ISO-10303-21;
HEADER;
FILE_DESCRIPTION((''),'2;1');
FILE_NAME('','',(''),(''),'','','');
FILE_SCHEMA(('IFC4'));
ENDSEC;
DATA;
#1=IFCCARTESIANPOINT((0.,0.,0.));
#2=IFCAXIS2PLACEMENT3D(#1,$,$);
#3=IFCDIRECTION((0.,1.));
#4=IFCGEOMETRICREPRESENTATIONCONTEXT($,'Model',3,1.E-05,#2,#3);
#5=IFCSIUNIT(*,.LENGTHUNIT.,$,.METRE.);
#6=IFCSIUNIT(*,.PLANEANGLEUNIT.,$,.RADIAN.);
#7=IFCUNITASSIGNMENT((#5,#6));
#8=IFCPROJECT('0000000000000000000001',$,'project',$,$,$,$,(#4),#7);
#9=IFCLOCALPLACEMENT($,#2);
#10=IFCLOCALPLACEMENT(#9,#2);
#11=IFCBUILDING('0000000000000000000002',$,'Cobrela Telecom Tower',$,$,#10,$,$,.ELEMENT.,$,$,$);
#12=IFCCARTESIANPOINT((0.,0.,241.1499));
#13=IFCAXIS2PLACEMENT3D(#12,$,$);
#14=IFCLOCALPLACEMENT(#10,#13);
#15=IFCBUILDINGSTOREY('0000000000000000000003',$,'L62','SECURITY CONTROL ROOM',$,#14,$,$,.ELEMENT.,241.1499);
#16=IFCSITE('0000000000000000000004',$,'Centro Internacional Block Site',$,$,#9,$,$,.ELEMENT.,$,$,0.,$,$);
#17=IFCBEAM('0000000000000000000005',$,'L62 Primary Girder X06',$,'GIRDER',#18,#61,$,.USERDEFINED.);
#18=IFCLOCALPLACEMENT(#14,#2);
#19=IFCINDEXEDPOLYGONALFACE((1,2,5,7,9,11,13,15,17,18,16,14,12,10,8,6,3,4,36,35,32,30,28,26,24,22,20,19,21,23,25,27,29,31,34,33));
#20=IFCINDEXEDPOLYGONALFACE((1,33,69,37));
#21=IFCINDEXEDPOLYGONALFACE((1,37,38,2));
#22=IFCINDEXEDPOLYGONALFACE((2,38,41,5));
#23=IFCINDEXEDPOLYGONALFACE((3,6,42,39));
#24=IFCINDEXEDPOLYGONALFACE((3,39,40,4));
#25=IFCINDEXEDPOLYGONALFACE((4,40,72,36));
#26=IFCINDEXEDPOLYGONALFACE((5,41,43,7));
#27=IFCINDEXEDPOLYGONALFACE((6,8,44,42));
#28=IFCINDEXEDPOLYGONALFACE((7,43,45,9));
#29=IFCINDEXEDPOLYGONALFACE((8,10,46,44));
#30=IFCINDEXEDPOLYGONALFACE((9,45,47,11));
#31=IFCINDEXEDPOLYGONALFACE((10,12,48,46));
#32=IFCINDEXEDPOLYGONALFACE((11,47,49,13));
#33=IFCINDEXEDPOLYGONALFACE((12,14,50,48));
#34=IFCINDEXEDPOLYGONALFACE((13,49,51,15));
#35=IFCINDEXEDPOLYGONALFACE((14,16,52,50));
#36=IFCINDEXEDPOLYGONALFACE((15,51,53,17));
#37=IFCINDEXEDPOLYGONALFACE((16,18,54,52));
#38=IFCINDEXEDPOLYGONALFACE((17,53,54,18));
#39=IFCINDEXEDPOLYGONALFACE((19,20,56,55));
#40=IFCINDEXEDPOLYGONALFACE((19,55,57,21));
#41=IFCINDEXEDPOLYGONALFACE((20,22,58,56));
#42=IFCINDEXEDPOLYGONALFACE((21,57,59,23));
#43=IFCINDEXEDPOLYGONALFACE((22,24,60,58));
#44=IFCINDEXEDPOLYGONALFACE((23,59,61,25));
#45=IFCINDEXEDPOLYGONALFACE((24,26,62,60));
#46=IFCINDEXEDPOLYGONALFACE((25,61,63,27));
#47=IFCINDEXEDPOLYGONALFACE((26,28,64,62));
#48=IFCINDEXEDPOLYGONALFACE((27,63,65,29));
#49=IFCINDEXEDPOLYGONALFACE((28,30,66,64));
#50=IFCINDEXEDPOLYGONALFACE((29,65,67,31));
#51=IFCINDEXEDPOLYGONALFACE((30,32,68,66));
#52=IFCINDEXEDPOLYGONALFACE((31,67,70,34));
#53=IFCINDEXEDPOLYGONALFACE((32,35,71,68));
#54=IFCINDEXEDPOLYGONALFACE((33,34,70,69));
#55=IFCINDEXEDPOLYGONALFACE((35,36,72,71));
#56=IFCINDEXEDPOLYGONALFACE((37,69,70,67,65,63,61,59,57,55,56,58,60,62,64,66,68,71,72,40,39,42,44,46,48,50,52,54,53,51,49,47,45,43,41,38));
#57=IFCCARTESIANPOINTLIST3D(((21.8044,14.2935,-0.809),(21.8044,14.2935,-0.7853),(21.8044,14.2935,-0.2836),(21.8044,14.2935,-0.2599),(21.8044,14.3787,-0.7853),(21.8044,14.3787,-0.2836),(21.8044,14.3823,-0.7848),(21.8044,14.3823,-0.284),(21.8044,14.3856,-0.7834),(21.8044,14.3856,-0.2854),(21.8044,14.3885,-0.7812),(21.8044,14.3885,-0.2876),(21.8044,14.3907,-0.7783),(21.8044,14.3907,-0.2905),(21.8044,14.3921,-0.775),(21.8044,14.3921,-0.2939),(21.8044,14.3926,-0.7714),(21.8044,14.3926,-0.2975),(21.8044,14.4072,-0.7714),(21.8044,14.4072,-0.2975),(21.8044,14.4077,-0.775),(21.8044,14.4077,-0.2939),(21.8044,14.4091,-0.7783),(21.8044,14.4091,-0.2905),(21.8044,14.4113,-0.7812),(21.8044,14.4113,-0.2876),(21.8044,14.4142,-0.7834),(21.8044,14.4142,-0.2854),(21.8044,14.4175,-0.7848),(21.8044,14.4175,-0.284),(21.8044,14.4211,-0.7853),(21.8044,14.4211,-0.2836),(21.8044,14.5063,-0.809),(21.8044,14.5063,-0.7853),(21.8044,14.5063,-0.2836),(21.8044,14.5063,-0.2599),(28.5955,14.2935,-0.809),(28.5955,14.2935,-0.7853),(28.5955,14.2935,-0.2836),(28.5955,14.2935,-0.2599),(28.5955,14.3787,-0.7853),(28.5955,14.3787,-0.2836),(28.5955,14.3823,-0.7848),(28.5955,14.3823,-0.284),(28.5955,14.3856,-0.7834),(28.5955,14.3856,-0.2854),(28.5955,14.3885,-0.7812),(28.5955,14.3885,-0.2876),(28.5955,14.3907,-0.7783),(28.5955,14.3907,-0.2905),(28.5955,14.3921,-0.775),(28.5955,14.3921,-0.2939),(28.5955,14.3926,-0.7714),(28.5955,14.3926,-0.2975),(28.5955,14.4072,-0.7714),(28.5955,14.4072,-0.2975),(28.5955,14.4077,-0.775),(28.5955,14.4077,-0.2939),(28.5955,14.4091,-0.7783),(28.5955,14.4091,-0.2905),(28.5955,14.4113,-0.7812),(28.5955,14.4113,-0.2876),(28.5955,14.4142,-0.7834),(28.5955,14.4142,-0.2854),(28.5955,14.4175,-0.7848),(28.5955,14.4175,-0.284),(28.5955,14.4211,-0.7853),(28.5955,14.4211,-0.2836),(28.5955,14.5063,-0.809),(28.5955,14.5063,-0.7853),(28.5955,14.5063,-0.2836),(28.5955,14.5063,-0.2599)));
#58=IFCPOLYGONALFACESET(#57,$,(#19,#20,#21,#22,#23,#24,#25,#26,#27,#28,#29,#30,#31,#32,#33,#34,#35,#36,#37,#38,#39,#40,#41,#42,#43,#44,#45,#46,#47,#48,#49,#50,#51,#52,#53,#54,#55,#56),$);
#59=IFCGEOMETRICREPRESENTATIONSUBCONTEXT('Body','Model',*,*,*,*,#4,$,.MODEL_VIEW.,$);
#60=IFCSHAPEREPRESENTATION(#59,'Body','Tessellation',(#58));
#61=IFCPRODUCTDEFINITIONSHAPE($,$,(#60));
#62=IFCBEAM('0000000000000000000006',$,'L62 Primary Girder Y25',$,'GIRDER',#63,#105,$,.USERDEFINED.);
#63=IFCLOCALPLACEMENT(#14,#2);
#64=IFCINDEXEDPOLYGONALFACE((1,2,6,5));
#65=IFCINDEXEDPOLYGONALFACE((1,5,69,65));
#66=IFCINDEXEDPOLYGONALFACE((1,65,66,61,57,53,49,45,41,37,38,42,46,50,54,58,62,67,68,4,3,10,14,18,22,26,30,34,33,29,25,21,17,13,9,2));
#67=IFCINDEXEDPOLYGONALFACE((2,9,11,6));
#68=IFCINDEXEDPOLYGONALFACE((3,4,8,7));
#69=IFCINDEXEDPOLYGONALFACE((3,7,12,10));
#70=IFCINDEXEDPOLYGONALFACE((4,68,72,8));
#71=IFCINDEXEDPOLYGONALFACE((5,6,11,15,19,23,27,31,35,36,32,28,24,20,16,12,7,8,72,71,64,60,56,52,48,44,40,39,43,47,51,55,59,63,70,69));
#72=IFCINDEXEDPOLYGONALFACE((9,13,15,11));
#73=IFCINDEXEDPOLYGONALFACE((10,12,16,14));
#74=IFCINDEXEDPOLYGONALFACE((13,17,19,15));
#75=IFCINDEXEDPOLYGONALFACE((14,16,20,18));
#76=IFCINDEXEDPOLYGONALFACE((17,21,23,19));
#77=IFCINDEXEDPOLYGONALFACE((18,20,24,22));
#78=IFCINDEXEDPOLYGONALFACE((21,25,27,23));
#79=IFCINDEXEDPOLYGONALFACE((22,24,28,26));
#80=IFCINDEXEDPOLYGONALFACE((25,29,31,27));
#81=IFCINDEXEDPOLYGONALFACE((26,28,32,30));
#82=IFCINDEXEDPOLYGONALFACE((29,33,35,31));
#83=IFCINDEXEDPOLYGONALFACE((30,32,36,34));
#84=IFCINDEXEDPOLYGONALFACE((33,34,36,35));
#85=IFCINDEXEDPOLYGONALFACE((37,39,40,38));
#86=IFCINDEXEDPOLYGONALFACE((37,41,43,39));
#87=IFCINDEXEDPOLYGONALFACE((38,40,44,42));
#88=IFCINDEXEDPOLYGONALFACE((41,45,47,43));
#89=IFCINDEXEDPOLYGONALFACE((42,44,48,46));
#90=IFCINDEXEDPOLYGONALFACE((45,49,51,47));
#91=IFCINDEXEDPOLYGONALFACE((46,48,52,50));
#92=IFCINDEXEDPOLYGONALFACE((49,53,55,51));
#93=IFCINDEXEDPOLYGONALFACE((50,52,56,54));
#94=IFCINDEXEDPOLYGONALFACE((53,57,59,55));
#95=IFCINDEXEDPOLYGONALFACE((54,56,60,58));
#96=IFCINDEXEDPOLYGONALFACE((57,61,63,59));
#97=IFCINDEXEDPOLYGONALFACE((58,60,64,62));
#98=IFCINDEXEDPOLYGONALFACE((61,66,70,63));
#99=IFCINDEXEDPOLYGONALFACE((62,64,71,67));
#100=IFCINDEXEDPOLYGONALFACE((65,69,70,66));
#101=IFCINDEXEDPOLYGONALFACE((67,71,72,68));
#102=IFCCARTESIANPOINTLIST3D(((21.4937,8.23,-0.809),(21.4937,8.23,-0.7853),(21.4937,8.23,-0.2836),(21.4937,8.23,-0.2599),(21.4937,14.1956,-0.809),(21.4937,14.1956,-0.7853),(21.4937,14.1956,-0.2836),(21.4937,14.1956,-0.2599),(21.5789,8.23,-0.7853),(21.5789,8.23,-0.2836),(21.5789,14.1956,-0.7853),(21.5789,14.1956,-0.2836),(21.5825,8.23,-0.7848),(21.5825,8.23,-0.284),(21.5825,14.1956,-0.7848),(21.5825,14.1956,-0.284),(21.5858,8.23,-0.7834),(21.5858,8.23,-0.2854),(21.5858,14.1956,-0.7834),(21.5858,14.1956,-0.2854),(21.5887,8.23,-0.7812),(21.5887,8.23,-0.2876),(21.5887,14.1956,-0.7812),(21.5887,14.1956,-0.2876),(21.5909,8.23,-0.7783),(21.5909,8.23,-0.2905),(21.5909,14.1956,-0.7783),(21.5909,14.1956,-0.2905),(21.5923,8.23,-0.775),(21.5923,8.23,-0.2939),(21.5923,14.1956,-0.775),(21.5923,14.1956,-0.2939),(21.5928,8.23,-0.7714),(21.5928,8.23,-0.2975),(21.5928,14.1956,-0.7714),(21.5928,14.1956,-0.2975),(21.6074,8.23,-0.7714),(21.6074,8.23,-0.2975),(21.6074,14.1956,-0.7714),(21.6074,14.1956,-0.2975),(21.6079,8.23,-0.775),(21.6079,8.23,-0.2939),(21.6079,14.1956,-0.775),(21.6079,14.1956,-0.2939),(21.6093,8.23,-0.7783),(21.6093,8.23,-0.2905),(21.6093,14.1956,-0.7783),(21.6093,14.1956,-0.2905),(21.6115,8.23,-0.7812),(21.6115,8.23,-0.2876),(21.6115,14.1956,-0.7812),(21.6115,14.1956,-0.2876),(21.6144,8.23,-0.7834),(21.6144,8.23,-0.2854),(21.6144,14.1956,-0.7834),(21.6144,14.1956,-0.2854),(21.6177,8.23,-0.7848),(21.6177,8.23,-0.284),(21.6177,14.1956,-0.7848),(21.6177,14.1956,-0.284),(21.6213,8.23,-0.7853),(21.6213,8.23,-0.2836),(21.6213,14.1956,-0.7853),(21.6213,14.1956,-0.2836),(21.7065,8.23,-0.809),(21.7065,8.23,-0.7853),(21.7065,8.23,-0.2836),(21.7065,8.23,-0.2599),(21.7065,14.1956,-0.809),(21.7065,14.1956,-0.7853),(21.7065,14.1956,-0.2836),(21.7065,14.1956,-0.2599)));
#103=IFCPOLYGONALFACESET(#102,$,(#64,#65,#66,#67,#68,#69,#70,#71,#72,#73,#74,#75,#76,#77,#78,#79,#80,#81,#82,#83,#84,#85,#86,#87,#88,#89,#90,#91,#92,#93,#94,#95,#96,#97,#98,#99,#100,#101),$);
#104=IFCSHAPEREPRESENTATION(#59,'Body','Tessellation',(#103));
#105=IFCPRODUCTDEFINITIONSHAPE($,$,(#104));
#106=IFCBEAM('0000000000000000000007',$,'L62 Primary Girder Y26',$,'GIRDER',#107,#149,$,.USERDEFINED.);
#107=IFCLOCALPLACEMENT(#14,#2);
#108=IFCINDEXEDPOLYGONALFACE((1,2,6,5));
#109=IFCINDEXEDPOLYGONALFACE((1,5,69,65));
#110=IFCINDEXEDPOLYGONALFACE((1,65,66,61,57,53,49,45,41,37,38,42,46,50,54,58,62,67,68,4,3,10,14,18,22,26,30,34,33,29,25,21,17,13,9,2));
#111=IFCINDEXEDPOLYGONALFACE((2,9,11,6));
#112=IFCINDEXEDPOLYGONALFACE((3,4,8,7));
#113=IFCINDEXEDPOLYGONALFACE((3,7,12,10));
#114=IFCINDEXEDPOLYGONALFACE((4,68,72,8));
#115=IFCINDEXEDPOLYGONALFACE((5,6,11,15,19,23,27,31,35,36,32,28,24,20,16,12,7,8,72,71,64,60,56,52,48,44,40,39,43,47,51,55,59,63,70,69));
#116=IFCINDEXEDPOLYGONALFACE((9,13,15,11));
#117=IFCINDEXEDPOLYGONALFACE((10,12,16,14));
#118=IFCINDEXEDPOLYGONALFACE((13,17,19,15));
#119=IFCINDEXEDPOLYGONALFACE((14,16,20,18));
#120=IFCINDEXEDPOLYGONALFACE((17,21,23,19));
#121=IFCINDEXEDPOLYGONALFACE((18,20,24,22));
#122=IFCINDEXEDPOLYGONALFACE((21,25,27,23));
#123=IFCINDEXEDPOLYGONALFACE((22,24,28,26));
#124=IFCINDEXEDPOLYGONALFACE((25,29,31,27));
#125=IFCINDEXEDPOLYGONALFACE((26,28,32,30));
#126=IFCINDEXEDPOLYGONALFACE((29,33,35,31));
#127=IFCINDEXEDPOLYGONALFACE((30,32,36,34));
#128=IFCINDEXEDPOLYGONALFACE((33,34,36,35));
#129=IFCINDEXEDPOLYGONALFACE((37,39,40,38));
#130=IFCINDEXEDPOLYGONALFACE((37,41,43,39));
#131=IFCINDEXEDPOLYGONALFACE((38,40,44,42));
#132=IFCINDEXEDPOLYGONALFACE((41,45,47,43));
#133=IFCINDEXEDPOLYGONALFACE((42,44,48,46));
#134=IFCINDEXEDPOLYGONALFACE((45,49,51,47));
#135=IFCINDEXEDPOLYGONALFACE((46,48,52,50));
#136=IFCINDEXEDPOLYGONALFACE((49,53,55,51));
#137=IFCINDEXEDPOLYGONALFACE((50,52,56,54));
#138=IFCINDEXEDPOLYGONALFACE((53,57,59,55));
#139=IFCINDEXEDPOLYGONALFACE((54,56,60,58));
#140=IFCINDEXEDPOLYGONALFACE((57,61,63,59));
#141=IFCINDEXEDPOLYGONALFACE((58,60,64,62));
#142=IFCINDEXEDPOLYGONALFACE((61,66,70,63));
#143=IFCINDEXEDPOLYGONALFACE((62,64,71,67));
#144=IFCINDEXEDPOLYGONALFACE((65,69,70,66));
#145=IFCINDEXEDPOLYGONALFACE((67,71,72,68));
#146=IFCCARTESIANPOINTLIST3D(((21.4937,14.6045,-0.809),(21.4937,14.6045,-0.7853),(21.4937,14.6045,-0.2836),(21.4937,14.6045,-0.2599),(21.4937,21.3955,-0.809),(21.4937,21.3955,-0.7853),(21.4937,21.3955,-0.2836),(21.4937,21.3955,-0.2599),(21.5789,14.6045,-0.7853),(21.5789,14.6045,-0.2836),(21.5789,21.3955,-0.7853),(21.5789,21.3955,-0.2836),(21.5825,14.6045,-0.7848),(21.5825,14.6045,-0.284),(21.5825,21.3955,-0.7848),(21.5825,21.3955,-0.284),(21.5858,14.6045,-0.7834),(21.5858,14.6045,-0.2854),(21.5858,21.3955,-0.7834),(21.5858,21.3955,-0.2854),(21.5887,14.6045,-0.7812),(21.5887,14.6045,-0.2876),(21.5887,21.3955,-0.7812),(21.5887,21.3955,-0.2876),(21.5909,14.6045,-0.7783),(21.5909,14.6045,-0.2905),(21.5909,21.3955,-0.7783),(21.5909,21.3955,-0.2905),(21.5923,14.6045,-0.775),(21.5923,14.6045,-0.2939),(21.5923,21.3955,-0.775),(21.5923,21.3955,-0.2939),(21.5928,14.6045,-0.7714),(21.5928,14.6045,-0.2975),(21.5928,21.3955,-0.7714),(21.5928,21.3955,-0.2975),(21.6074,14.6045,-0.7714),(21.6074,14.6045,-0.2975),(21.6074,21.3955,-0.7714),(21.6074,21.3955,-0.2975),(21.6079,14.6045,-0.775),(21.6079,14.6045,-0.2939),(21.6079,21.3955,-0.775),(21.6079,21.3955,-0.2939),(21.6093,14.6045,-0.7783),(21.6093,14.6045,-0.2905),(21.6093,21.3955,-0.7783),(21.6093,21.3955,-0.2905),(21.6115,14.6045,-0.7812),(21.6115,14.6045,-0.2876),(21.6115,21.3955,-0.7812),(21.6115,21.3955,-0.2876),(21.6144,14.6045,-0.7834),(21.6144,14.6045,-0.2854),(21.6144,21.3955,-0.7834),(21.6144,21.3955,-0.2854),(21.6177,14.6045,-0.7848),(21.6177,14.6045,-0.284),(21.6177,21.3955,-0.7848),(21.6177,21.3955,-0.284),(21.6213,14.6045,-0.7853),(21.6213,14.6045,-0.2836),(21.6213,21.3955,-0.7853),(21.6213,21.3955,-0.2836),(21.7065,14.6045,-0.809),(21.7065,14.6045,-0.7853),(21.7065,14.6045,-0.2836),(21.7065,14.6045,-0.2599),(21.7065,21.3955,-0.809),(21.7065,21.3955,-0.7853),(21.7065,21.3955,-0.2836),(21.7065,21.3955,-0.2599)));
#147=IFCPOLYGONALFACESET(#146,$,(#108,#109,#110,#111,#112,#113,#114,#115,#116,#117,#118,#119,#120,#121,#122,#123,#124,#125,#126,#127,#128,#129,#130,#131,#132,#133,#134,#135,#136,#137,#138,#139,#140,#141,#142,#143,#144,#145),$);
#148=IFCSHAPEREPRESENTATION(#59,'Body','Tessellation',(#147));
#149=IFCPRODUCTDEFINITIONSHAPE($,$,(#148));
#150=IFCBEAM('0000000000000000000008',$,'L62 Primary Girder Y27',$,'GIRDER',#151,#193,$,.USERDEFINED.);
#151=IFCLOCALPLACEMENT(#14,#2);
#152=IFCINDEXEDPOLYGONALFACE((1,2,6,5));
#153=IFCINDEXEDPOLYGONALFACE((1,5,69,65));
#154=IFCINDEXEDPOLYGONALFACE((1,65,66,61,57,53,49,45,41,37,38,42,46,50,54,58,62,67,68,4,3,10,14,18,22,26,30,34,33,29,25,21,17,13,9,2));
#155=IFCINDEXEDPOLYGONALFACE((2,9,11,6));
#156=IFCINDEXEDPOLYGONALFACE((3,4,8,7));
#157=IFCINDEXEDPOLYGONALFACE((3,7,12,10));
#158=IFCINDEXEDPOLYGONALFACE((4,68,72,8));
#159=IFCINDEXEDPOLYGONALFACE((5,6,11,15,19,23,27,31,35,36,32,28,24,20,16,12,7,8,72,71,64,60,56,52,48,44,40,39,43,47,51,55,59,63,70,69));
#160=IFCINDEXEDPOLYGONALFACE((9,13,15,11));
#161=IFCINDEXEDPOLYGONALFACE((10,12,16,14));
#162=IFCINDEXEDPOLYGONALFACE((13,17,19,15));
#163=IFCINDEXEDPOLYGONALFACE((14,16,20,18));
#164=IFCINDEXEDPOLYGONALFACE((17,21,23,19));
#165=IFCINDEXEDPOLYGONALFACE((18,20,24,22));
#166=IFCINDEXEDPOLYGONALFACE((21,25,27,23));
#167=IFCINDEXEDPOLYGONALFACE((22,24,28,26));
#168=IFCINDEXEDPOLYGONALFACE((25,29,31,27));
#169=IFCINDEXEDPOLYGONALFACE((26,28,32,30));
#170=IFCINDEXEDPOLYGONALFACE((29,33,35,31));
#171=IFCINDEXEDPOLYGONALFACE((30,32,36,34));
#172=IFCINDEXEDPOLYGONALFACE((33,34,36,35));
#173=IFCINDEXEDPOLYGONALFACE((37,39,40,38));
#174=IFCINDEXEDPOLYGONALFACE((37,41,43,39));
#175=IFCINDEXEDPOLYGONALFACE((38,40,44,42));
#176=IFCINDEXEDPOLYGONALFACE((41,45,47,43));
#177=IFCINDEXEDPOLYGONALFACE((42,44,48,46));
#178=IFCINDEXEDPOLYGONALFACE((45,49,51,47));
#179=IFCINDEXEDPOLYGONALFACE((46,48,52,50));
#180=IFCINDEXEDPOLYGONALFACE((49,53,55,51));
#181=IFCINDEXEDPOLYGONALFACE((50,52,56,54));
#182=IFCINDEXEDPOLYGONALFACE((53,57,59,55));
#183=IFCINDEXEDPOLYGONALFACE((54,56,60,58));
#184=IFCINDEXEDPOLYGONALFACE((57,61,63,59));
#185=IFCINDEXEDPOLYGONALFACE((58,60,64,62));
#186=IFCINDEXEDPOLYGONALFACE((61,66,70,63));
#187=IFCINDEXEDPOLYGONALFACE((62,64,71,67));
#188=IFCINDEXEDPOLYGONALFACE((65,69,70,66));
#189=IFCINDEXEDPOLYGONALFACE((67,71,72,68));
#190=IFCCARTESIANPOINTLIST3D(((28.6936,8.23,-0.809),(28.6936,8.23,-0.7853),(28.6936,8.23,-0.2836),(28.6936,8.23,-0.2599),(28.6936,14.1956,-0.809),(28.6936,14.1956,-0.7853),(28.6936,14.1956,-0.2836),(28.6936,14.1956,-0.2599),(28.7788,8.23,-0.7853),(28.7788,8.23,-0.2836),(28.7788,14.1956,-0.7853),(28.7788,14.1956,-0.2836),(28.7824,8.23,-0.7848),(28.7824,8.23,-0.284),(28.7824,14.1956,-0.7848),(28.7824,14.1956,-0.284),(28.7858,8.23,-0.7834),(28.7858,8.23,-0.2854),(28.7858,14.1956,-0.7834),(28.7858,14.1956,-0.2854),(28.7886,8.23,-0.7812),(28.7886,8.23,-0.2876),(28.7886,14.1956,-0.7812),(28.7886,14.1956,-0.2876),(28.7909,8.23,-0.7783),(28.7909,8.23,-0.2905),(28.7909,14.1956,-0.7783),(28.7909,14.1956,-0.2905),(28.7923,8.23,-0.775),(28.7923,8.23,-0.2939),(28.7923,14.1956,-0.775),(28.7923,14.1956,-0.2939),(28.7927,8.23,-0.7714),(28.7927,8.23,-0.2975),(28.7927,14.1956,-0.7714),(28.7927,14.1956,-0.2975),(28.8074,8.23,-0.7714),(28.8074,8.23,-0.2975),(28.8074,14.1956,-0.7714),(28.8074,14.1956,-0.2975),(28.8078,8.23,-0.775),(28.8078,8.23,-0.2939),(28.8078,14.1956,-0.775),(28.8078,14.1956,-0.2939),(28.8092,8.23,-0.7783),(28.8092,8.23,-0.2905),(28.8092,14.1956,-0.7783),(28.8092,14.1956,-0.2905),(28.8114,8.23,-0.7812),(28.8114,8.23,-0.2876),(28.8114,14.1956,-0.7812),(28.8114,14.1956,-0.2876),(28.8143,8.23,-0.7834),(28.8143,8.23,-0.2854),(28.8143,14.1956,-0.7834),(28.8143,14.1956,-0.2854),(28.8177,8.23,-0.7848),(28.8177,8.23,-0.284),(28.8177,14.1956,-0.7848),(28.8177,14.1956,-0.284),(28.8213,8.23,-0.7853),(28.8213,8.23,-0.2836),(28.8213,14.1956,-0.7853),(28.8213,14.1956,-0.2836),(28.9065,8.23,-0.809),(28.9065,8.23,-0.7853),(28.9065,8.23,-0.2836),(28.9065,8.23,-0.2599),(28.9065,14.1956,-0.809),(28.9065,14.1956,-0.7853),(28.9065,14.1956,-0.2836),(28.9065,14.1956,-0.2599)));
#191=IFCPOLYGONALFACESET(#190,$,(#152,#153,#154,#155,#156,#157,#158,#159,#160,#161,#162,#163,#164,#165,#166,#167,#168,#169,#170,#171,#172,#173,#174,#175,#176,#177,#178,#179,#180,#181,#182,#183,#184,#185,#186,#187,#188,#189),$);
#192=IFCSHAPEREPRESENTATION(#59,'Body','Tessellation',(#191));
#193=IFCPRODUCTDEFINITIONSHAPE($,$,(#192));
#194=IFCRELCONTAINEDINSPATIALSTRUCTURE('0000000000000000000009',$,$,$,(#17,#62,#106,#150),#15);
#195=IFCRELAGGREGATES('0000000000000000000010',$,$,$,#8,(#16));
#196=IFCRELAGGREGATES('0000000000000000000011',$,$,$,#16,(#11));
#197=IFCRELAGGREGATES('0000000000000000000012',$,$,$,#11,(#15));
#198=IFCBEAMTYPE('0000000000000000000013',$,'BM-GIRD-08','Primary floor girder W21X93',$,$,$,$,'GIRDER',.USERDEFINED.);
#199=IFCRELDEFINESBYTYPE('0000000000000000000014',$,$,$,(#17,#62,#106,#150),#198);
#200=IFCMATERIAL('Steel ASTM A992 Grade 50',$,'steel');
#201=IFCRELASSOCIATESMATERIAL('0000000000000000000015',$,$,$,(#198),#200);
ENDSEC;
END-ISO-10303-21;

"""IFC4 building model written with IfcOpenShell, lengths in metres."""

from ifc_helpers import new_model, si_unit, direction, frame, origin, origin_2d, place, context, subcontext, project, spatial, i_section, extrude, material, material_profile, profile_set, type_object, element, save


model = new_model("IFC4")

# Units and contexts
model_context = context("Model", 3, precision=1e-05, world=origin(), true_north=direction((0.0, 1.0)))
body_context = subcontext(model_context, "Body", "Model", "MODEL_VIEW")
ifc_project = project(units=[si_unit("LENGTHUNIT", "METRE"), si_unit("PLANEANGLEUNIT", "RADIAN")], contexts=[model_context])

# Site, building, storey
site_placement = place(None, origin())
site = spatial("IfcSite", under=ifc_project, at=site_placement, Name="Centro Internacional Block Site", CompositionType="ELEMENT", RefElevation=0.0)
building_placement = place(site_placement, origin())
building = spatial("IfcBuilding", under=site, at=building_placement, Name="Cobrela Telecom Tower", CompositionType="ELEMENT")
storey_placement = place(building_placement, frame((0.0, 0.0, 241.1499)))
storey = spatial("IfcBuildingStorey", under=building, at=storey_placement, Name="L62", Description="SECURITY CONTROL ROOM", CompositionType="ELEMENT", Elevation=241.1499)

# Shared definitions
ifc_material_1 = material(Name="Steel ASTM A992 Grade 50", Category="steel")

# Beams
ifc_material_profile_1 = material_profile(ifc_material_1, i_section(OverallWidth=0.2129, OverallDepth=0.5491, WebThickness=0.0146, FlangeThickness=0.0237, FilletRadius=0.0139, at=origin_2d()), Name="W21X93")
ifc_profile_set_1 = profile_set([ifc_material_profile_1], Name="Steel ASTM A992 Grade 50")
beam_type_1 = type_object("IfcBeamType", Name="BM-GIRD-08", Description="Primary floor girder W21X93", ElementType="GIRDER", PredefinedType="USERDEFINED", material=ifc_profile_set_1)
beam_1_placement = place(storey_placement, frame((21.8044, 14.3999, -0.5344), z_axis=(1.0, 0.0, 0.0), x_axis=(0.0, 1.0, 0.0)))
element("IfcBeam", 1, at=beam_1_placement, inside=storey, type_object=beam_type_1, Name="L62 Primary Girder X06", ObjectType="GIRDER", PredefinedType="USERDEFINED", context=body_context, shape_type="SweptSolid", body=[
    extrude(i_section(OverallWidth=0.2129, OverallDepth=0.5491, WebThickness=0.0146, FlangeThickness=0.0237, FilletRadius=0.0139, at=origin_2d()), origin(), (0.0, 0.0, 1.0), 6.791),
])
beam_2_placement = place(storey_placement, frame((21.6001, 8.23, -0.5344), z_axis=(0.0, 1.0, 0.0), x_axis=(-1.0, 0.0, 0.0)))
element("IfcBeam", 2, at=beam_2_placement, inside=storey, type_object=beam_type_1, Name="L62 Primary Girder Y25", ObjectType="GIRDER", PredefinedType="USERDEFINED", context=body_context, shape_type="SweptSolid", body=[
    extrude(i_section(OverallWidth=0.2129, OverallDepth=0.5491, WebThickness=0.0146, FlangeThickness=0.0237, FilletRadius=0.0139, at=origin_2d()), origin(), (0.0, 0.0, 1.0), 5.9656),
])
beam_3_placement = place(storey_placement, frame((21.6001, 14.6045, -0.5344), z_axis=(0.0, 1.0, 0.0), x_axis=(-1.0, 0.0, 0.0)))
element("IfcBeam", 3, at=beam_3_placement, inside=storey, type_object=beam_type_1, Name="L62 Primary Girder Y26", ObjectType="GIRDER", PredefinedType="USERDEFINED", context=body_context, shape_type="SweptSolid", body=[
    extrude(i_section(OverallWidth=0.2129, OverallDepth=0.5491, WebThickness=0.0146, FlangeThickness=0.0237, FilletRadius=0.0139, at=origin_2d()), origin(), (0.0, 0.0, 1.0), 6.791),
])
beam_4_placement = place(storey_placement, frame((28.8, 8.23, -0.5344), z_axis=(0.0, 1.0, 0.0), x_axis=(-1.0, 0.0, 0.0)))
element("IfcBeam", 4, at=beam_4_placement, inside=storey, type_object=beam_type_1, Name="L62 Primary Girder Y27", ObjectType="GIRDER", PredefinedType="USERDEFINED", context=body_context, shape_type="SweptSolid", body=[
    extrude(i_section(OverallWidth=0.2129, OverallDepth=0.5491, WebThickness=0.0146, FlangeThickness=0.0237, FilletRadius=0.0139, at=origin_2d()), origin(), (0.0, 0.0, 1.0), 5.9656),
])

save(model, "model.ifc")
